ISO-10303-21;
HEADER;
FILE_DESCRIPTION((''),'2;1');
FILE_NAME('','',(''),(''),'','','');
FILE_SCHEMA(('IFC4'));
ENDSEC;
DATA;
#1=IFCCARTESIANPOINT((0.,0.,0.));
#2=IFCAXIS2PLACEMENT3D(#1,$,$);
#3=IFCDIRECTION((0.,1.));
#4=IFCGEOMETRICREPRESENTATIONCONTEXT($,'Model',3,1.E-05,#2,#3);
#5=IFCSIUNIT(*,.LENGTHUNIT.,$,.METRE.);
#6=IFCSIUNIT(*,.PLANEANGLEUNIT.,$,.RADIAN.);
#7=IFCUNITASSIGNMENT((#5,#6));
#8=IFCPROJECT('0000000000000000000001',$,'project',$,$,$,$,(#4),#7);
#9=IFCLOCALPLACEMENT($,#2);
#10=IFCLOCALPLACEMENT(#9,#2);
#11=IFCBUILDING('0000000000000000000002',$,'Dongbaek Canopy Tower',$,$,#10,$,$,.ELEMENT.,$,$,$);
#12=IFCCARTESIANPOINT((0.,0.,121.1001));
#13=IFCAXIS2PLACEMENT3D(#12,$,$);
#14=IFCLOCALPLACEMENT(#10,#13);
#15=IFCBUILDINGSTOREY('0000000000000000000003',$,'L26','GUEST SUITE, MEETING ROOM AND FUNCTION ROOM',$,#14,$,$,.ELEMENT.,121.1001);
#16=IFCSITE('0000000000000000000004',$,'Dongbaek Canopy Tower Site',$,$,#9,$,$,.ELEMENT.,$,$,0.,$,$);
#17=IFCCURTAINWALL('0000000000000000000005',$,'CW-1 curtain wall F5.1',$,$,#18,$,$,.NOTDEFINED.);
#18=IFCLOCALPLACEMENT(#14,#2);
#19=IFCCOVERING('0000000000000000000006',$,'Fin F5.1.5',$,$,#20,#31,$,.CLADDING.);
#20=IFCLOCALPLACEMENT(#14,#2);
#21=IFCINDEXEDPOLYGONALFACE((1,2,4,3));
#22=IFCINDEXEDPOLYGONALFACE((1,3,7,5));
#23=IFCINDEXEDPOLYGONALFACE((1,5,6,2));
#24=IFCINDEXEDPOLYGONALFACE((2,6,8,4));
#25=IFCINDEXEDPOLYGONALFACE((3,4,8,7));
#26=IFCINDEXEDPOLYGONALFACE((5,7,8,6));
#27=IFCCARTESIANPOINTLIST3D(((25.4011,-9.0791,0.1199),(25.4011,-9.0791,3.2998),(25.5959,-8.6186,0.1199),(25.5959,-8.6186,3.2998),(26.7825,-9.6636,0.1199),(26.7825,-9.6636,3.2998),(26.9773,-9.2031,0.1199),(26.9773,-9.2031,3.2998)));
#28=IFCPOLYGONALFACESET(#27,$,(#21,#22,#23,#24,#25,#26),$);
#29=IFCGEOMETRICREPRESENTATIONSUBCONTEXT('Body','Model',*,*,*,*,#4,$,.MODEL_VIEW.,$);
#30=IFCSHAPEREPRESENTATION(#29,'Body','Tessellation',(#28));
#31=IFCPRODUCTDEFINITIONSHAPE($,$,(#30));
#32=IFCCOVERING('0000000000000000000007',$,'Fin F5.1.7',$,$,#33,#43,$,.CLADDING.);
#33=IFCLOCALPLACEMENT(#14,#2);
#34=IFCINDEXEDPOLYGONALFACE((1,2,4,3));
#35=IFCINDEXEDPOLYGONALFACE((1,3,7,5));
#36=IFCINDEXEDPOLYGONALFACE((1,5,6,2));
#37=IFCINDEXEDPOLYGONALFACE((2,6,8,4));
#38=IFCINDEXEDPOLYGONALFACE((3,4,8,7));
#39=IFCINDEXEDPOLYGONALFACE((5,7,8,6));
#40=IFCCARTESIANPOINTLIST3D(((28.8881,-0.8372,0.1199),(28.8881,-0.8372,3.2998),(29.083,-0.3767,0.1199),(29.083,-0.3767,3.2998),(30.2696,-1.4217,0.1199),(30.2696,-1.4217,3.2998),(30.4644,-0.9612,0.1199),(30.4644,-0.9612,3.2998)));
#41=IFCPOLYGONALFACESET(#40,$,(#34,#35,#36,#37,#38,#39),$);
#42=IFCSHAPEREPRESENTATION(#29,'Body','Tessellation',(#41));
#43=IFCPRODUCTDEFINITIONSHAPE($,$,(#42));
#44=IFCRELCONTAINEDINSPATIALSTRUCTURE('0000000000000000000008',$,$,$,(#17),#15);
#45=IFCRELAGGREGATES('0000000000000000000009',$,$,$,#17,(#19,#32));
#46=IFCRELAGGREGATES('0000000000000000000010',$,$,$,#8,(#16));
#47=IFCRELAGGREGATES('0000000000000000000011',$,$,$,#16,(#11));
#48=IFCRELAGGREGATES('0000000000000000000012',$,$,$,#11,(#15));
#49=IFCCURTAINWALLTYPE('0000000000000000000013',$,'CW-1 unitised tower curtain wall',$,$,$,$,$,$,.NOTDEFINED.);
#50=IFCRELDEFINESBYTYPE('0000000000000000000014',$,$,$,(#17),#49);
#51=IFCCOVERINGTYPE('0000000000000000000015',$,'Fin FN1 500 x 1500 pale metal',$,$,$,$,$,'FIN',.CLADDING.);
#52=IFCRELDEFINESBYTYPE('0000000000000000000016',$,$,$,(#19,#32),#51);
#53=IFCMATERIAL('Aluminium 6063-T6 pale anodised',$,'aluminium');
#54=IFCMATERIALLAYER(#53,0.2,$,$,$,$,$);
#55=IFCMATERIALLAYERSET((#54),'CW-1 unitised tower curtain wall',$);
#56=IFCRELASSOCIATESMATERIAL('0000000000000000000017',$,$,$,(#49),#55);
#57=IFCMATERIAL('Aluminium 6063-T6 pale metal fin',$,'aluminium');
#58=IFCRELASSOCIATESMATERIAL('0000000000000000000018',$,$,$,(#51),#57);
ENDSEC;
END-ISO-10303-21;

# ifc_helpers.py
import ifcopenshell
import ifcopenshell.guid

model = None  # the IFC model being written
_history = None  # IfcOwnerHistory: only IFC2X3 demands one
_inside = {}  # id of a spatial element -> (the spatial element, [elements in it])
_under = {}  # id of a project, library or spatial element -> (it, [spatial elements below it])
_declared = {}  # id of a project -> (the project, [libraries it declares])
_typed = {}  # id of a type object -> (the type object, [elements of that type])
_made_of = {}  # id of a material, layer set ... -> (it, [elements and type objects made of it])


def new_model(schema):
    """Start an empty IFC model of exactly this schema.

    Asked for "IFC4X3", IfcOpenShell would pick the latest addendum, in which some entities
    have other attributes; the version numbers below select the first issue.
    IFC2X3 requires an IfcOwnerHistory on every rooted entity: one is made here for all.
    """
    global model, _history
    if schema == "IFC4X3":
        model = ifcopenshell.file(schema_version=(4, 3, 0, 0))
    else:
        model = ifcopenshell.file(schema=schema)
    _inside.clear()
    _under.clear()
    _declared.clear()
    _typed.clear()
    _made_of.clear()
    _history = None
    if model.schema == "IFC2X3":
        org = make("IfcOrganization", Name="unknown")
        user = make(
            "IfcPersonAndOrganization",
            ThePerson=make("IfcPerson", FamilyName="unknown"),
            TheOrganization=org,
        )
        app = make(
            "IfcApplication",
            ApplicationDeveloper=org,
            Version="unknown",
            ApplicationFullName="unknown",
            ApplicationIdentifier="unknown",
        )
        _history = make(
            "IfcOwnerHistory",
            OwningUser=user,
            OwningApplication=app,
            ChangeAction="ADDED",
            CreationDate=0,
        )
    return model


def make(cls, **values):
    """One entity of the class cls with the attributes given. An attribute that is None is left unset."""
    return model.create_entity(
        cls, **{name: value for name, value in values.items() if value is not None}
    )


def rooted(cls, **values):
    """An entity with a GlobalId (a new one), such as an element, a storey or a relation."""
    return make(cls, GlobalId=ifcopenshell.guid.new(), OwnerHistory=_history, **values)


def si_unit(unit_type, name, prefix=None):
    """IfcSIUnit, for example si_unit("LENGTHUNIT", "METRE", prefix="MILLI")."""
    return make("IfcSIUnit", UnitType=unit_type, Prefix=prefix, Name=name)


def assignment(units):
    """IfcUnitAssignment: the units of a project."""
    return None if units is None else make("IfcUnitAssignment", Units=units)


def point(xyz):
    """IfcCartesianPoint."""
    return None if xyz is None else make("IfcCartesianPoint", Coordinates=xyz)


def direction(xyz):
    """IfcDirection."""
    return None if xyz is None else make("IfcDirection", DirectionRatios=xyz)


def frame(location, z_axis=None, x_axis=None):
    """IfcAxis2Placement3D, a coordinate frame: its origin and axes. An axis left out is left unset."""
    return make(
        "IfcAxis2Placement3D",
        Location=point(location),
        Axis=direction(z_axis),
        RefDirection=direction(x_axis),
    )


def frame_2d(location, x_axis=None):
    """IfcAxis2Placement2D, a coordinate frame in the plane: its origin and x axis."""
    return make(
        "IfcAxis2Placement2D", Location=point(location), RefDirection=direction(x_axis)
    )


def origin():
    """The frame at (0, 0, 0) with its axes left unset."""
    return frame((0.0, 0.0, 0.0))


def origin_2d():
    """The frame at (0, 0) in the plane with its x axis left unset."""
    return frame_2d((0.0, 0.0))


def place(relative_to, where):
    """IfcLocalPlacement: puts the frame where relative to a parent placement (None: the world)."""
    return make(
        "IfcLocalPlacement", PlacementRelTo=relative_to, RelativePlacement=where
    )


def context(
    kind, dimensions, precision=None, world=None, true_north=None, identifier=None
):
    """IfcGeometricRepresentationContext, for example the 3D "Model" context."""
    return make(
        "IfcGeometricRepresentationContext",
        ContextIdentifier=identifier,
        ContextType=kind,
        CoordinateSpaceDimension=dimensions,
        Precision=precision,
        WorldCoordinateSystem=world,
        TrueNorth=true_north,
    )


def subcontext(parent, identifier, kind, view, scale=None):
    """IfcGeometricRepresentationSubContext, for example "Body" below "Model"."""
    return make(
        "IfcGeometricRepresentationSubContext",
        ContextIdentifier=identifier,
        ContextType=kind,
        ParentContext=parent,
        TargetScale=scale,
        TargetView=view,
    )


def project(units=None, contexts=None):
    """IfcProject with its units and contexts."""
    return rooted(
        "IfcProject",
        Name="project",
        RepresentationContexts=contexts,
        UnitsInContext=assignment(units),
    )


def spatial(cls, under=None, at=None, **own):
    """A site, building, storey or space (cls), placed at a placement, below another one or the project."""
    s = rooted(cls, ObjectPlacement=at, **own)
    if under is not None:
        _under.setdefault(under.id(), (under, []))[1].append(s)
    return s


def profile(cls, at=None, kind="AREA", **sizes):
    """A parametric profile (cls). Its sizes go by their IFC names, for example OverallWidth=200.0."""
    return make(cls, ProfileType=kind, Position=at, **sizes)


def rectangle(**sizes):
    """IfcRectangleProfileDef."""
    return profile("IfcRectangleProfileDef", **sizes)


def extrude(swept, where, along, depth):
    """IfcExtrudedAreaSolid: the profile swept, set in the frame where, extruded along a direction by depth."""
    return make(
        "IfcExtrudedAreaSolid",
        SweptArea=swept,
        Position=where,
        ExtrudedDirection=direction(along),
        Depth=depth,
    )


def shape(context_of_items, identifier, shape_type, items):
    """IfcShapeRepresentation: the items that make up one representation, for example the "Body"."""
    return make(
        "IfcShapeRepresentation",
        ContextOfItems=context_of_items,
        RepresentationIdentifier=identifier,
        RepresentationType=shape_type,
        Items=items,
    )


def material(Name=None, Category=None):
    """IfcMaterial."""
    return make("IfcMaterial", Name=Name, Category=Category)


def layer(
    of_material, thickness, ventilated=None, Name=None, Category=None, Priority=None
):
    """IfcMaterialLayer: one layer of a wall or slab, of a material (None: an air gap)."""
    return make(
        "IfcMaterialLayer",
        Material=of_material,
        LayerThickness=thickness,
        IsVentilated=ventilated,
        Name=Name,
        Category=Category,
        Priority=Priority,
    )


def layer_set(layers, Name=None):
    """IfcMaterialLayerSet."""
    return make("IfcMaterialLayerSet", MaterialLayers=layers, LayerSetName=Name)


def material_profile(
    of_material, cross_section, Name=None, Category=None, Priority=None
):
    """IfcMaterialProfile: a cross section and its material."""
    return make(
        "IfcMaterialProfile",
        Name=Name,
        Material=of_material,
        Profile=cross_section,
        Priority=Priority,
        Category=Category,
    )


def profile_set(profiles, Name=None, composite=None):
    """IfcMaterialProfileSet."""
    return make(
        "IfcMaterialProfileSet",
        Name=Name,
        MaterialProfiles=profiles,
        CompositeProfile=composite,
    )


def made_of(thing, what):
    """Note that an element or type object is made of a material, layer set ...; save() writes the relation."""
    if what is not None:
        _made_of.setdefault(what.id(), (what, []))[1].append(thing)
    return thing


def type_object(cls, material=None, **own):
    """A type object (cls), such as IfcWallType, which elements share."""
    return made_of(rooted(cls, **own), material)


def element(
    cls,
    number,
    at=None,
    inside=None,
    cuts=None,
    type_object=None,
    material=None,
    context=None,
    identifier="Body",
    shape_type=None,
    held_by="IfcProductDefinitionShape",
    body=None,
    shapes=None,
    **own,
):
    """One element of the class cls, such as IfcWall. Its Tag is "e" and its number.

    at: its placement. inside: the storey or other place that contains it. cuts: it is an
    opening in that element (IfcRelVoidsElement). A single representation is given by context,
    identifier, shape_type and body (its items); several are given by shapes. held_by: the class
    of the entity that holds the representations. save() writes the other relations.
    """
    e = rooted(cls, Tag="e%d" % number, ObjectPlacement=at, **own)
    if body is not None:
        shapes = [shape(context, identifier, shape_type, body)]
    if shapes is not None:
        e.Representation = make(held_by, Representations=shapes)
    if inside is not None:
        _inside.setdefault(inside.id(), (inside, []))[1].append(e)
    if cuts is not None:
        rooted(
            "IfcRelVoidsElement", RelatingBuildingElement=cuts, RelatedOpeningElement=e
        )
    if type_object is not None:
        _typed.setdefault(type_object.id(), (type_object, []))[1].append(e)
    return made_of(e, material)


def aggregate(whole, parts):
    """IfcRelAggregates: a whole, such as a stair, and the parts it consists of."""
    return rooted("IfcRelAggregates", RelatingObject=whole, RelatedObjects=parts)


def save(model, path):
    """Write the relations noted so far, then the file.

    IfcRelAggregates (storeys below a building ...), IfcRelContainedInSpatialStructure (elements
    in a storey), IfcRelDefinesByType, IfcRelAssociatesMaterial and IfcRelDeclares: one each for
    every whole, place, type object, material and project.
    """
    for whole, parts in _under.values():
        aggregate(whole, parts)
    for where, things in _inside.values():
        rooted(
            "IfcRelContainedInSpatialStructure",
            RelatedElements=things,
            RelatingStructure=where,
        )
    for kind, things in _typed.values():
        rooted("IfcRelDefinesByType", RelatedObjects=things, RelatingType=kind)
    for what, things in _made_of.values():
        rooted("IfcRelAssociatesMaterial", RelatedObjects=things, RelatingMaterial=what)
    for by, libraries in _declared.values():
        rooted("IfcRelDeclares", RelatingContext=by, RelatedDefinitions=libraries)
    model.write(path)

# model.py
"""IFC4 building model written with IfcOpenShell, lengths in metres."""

from ifc_helpers import new_model, si_unit, direction, frame, origin, origin_2d, place, context, subcontext, project, spatial, rectangle, extrude, material, layer, layer_set, material_profile, profile_set, type_object, element, aggregate, save


model = new_model("IFC4")

# Units and contexts
model_context = context("Model", 3, precision=1e-05, world=origin(), true_north=direction((0.0, 1.0)))
body_context = subcontext(model_context, "Body", "Model", "MODEL_VIEW")
ifc_project = project(units=[si_unit("LENGTHUNIT", "METRE"), si_unit("PLANEANGLEUNIT", "RADIAN")], contexts=[model_context])

# Site, building, storey
site_placement = place(None, origin())
site = spatial("IfcSite", under=ifc_project, at=site_placement, Name="Dongbaek Canopy Tower Site", CompositionType="ELEMENT", RefElevation=0.0)
building_placement = place(site_placement, origin())
building = spatial("IfcBuilding", under=site, at=building_placement, Name="Dongbaek Canopy Tower", CompositionType="ELEMENT")
storey_placement = place(building_placement, frame((0.0, 0.0, 121.1001)))
storey = spatial("IfcBuildingStorey", under=building, at=storey_placement, Name="L26", Description="GUEST SUITE, MEETING ROOM AND FUNCTION ROOM", CompositionType="ELEMENT", Elevation=121.1001)

# Curtain wall
ifc_material_1 = material(Name="Aluminium 6063-T6 pale anodised", Category="aluminium")
ifc_layer_1 = layer(ifc_material_1, 0.2)
ifc_layer_set_1 = layer_set([ifc_layer_1], Name="CW-1 unitised tower curtain wall")
curtain_wall_type = type_object("IfcCurtainWallType", Name="CW-1 unitised tower curtain wall", PredefinedType="NOTDEFINED", material=ifc_layer_set_1)
curtain_wall_placement = place(storey_placement, origin())
curtain_wall = element("IfcCurtainWall", 1, at=curtain_wall_placement, inside=storey, type_object=curtain_wall_type, Name="CW-1 curtain wall F5.1", PredefinedType="NOTDEFINED")

# Coverings
ifc_material_2 = material(Name="Aluminium 6063-T6 pale metal fin", Category="aluminium")
ifc_material_profile_1 = material_profile(ifc_material_2, rectangle(XDim=1.5, YDim=0.5, at=origin_2d()), Name="Fin FN1 500 x 1500 pale metal")
ifc_profile_set_1 = profile_set([ifc_material_profile_1], Name="Aluminium 6063-T6 pale metal fin")
covering_type = type_object("IfcCoveringType", Name="Fin FN1 500 x 1500 pale metal", ElementType="FIN", PredefinedType="CLADDING", material=ifc_profile_set_1)
covering_1_placement = place(storey_placement, frame((26.1892, -9.1411, 0.1199), z_axis=(0.0, 0.0, 1.0), x_axis=(0.920958, -0.389663, 0.0)))
covering_1 = element("IfcCovering", 2, at=covering_1_placement, type_object=covering_type, Name="Fin F5.1.5", PredefinedType="CLADDING", context=body_context, shape_type="SweptSolid", body=[
    extrude(rectangle(XDim=1.5, YDim=0.5, at=origin_2d()), origin(), (0.0, 0.0, 1.0), 3.1799),
])
covering_2_placement = place(storey_placement, frame((29.6763, -0.8992, 0.1199), z_axis=(0.0, 0.0, 1.0), x_axis=(0.920958, -0.389663, 0.0)))
covering_2 = element("IfcCovering", 3, at=covering_2_placement, type_object=covering_type, Name="Fin F5.1.7", PredefinedType="CLADDING", context=body_context, shape_type="SweptSolid", body=[
    extrude(rectangle(XDim=1.5, YDim=0.5, at=origin_2d()), origin(), (0.0, 0.0, 1.0), 3.1799),
])
aggregate(curtain_wall, [covering_1, covering_2])

save(model, "model.ifc")
